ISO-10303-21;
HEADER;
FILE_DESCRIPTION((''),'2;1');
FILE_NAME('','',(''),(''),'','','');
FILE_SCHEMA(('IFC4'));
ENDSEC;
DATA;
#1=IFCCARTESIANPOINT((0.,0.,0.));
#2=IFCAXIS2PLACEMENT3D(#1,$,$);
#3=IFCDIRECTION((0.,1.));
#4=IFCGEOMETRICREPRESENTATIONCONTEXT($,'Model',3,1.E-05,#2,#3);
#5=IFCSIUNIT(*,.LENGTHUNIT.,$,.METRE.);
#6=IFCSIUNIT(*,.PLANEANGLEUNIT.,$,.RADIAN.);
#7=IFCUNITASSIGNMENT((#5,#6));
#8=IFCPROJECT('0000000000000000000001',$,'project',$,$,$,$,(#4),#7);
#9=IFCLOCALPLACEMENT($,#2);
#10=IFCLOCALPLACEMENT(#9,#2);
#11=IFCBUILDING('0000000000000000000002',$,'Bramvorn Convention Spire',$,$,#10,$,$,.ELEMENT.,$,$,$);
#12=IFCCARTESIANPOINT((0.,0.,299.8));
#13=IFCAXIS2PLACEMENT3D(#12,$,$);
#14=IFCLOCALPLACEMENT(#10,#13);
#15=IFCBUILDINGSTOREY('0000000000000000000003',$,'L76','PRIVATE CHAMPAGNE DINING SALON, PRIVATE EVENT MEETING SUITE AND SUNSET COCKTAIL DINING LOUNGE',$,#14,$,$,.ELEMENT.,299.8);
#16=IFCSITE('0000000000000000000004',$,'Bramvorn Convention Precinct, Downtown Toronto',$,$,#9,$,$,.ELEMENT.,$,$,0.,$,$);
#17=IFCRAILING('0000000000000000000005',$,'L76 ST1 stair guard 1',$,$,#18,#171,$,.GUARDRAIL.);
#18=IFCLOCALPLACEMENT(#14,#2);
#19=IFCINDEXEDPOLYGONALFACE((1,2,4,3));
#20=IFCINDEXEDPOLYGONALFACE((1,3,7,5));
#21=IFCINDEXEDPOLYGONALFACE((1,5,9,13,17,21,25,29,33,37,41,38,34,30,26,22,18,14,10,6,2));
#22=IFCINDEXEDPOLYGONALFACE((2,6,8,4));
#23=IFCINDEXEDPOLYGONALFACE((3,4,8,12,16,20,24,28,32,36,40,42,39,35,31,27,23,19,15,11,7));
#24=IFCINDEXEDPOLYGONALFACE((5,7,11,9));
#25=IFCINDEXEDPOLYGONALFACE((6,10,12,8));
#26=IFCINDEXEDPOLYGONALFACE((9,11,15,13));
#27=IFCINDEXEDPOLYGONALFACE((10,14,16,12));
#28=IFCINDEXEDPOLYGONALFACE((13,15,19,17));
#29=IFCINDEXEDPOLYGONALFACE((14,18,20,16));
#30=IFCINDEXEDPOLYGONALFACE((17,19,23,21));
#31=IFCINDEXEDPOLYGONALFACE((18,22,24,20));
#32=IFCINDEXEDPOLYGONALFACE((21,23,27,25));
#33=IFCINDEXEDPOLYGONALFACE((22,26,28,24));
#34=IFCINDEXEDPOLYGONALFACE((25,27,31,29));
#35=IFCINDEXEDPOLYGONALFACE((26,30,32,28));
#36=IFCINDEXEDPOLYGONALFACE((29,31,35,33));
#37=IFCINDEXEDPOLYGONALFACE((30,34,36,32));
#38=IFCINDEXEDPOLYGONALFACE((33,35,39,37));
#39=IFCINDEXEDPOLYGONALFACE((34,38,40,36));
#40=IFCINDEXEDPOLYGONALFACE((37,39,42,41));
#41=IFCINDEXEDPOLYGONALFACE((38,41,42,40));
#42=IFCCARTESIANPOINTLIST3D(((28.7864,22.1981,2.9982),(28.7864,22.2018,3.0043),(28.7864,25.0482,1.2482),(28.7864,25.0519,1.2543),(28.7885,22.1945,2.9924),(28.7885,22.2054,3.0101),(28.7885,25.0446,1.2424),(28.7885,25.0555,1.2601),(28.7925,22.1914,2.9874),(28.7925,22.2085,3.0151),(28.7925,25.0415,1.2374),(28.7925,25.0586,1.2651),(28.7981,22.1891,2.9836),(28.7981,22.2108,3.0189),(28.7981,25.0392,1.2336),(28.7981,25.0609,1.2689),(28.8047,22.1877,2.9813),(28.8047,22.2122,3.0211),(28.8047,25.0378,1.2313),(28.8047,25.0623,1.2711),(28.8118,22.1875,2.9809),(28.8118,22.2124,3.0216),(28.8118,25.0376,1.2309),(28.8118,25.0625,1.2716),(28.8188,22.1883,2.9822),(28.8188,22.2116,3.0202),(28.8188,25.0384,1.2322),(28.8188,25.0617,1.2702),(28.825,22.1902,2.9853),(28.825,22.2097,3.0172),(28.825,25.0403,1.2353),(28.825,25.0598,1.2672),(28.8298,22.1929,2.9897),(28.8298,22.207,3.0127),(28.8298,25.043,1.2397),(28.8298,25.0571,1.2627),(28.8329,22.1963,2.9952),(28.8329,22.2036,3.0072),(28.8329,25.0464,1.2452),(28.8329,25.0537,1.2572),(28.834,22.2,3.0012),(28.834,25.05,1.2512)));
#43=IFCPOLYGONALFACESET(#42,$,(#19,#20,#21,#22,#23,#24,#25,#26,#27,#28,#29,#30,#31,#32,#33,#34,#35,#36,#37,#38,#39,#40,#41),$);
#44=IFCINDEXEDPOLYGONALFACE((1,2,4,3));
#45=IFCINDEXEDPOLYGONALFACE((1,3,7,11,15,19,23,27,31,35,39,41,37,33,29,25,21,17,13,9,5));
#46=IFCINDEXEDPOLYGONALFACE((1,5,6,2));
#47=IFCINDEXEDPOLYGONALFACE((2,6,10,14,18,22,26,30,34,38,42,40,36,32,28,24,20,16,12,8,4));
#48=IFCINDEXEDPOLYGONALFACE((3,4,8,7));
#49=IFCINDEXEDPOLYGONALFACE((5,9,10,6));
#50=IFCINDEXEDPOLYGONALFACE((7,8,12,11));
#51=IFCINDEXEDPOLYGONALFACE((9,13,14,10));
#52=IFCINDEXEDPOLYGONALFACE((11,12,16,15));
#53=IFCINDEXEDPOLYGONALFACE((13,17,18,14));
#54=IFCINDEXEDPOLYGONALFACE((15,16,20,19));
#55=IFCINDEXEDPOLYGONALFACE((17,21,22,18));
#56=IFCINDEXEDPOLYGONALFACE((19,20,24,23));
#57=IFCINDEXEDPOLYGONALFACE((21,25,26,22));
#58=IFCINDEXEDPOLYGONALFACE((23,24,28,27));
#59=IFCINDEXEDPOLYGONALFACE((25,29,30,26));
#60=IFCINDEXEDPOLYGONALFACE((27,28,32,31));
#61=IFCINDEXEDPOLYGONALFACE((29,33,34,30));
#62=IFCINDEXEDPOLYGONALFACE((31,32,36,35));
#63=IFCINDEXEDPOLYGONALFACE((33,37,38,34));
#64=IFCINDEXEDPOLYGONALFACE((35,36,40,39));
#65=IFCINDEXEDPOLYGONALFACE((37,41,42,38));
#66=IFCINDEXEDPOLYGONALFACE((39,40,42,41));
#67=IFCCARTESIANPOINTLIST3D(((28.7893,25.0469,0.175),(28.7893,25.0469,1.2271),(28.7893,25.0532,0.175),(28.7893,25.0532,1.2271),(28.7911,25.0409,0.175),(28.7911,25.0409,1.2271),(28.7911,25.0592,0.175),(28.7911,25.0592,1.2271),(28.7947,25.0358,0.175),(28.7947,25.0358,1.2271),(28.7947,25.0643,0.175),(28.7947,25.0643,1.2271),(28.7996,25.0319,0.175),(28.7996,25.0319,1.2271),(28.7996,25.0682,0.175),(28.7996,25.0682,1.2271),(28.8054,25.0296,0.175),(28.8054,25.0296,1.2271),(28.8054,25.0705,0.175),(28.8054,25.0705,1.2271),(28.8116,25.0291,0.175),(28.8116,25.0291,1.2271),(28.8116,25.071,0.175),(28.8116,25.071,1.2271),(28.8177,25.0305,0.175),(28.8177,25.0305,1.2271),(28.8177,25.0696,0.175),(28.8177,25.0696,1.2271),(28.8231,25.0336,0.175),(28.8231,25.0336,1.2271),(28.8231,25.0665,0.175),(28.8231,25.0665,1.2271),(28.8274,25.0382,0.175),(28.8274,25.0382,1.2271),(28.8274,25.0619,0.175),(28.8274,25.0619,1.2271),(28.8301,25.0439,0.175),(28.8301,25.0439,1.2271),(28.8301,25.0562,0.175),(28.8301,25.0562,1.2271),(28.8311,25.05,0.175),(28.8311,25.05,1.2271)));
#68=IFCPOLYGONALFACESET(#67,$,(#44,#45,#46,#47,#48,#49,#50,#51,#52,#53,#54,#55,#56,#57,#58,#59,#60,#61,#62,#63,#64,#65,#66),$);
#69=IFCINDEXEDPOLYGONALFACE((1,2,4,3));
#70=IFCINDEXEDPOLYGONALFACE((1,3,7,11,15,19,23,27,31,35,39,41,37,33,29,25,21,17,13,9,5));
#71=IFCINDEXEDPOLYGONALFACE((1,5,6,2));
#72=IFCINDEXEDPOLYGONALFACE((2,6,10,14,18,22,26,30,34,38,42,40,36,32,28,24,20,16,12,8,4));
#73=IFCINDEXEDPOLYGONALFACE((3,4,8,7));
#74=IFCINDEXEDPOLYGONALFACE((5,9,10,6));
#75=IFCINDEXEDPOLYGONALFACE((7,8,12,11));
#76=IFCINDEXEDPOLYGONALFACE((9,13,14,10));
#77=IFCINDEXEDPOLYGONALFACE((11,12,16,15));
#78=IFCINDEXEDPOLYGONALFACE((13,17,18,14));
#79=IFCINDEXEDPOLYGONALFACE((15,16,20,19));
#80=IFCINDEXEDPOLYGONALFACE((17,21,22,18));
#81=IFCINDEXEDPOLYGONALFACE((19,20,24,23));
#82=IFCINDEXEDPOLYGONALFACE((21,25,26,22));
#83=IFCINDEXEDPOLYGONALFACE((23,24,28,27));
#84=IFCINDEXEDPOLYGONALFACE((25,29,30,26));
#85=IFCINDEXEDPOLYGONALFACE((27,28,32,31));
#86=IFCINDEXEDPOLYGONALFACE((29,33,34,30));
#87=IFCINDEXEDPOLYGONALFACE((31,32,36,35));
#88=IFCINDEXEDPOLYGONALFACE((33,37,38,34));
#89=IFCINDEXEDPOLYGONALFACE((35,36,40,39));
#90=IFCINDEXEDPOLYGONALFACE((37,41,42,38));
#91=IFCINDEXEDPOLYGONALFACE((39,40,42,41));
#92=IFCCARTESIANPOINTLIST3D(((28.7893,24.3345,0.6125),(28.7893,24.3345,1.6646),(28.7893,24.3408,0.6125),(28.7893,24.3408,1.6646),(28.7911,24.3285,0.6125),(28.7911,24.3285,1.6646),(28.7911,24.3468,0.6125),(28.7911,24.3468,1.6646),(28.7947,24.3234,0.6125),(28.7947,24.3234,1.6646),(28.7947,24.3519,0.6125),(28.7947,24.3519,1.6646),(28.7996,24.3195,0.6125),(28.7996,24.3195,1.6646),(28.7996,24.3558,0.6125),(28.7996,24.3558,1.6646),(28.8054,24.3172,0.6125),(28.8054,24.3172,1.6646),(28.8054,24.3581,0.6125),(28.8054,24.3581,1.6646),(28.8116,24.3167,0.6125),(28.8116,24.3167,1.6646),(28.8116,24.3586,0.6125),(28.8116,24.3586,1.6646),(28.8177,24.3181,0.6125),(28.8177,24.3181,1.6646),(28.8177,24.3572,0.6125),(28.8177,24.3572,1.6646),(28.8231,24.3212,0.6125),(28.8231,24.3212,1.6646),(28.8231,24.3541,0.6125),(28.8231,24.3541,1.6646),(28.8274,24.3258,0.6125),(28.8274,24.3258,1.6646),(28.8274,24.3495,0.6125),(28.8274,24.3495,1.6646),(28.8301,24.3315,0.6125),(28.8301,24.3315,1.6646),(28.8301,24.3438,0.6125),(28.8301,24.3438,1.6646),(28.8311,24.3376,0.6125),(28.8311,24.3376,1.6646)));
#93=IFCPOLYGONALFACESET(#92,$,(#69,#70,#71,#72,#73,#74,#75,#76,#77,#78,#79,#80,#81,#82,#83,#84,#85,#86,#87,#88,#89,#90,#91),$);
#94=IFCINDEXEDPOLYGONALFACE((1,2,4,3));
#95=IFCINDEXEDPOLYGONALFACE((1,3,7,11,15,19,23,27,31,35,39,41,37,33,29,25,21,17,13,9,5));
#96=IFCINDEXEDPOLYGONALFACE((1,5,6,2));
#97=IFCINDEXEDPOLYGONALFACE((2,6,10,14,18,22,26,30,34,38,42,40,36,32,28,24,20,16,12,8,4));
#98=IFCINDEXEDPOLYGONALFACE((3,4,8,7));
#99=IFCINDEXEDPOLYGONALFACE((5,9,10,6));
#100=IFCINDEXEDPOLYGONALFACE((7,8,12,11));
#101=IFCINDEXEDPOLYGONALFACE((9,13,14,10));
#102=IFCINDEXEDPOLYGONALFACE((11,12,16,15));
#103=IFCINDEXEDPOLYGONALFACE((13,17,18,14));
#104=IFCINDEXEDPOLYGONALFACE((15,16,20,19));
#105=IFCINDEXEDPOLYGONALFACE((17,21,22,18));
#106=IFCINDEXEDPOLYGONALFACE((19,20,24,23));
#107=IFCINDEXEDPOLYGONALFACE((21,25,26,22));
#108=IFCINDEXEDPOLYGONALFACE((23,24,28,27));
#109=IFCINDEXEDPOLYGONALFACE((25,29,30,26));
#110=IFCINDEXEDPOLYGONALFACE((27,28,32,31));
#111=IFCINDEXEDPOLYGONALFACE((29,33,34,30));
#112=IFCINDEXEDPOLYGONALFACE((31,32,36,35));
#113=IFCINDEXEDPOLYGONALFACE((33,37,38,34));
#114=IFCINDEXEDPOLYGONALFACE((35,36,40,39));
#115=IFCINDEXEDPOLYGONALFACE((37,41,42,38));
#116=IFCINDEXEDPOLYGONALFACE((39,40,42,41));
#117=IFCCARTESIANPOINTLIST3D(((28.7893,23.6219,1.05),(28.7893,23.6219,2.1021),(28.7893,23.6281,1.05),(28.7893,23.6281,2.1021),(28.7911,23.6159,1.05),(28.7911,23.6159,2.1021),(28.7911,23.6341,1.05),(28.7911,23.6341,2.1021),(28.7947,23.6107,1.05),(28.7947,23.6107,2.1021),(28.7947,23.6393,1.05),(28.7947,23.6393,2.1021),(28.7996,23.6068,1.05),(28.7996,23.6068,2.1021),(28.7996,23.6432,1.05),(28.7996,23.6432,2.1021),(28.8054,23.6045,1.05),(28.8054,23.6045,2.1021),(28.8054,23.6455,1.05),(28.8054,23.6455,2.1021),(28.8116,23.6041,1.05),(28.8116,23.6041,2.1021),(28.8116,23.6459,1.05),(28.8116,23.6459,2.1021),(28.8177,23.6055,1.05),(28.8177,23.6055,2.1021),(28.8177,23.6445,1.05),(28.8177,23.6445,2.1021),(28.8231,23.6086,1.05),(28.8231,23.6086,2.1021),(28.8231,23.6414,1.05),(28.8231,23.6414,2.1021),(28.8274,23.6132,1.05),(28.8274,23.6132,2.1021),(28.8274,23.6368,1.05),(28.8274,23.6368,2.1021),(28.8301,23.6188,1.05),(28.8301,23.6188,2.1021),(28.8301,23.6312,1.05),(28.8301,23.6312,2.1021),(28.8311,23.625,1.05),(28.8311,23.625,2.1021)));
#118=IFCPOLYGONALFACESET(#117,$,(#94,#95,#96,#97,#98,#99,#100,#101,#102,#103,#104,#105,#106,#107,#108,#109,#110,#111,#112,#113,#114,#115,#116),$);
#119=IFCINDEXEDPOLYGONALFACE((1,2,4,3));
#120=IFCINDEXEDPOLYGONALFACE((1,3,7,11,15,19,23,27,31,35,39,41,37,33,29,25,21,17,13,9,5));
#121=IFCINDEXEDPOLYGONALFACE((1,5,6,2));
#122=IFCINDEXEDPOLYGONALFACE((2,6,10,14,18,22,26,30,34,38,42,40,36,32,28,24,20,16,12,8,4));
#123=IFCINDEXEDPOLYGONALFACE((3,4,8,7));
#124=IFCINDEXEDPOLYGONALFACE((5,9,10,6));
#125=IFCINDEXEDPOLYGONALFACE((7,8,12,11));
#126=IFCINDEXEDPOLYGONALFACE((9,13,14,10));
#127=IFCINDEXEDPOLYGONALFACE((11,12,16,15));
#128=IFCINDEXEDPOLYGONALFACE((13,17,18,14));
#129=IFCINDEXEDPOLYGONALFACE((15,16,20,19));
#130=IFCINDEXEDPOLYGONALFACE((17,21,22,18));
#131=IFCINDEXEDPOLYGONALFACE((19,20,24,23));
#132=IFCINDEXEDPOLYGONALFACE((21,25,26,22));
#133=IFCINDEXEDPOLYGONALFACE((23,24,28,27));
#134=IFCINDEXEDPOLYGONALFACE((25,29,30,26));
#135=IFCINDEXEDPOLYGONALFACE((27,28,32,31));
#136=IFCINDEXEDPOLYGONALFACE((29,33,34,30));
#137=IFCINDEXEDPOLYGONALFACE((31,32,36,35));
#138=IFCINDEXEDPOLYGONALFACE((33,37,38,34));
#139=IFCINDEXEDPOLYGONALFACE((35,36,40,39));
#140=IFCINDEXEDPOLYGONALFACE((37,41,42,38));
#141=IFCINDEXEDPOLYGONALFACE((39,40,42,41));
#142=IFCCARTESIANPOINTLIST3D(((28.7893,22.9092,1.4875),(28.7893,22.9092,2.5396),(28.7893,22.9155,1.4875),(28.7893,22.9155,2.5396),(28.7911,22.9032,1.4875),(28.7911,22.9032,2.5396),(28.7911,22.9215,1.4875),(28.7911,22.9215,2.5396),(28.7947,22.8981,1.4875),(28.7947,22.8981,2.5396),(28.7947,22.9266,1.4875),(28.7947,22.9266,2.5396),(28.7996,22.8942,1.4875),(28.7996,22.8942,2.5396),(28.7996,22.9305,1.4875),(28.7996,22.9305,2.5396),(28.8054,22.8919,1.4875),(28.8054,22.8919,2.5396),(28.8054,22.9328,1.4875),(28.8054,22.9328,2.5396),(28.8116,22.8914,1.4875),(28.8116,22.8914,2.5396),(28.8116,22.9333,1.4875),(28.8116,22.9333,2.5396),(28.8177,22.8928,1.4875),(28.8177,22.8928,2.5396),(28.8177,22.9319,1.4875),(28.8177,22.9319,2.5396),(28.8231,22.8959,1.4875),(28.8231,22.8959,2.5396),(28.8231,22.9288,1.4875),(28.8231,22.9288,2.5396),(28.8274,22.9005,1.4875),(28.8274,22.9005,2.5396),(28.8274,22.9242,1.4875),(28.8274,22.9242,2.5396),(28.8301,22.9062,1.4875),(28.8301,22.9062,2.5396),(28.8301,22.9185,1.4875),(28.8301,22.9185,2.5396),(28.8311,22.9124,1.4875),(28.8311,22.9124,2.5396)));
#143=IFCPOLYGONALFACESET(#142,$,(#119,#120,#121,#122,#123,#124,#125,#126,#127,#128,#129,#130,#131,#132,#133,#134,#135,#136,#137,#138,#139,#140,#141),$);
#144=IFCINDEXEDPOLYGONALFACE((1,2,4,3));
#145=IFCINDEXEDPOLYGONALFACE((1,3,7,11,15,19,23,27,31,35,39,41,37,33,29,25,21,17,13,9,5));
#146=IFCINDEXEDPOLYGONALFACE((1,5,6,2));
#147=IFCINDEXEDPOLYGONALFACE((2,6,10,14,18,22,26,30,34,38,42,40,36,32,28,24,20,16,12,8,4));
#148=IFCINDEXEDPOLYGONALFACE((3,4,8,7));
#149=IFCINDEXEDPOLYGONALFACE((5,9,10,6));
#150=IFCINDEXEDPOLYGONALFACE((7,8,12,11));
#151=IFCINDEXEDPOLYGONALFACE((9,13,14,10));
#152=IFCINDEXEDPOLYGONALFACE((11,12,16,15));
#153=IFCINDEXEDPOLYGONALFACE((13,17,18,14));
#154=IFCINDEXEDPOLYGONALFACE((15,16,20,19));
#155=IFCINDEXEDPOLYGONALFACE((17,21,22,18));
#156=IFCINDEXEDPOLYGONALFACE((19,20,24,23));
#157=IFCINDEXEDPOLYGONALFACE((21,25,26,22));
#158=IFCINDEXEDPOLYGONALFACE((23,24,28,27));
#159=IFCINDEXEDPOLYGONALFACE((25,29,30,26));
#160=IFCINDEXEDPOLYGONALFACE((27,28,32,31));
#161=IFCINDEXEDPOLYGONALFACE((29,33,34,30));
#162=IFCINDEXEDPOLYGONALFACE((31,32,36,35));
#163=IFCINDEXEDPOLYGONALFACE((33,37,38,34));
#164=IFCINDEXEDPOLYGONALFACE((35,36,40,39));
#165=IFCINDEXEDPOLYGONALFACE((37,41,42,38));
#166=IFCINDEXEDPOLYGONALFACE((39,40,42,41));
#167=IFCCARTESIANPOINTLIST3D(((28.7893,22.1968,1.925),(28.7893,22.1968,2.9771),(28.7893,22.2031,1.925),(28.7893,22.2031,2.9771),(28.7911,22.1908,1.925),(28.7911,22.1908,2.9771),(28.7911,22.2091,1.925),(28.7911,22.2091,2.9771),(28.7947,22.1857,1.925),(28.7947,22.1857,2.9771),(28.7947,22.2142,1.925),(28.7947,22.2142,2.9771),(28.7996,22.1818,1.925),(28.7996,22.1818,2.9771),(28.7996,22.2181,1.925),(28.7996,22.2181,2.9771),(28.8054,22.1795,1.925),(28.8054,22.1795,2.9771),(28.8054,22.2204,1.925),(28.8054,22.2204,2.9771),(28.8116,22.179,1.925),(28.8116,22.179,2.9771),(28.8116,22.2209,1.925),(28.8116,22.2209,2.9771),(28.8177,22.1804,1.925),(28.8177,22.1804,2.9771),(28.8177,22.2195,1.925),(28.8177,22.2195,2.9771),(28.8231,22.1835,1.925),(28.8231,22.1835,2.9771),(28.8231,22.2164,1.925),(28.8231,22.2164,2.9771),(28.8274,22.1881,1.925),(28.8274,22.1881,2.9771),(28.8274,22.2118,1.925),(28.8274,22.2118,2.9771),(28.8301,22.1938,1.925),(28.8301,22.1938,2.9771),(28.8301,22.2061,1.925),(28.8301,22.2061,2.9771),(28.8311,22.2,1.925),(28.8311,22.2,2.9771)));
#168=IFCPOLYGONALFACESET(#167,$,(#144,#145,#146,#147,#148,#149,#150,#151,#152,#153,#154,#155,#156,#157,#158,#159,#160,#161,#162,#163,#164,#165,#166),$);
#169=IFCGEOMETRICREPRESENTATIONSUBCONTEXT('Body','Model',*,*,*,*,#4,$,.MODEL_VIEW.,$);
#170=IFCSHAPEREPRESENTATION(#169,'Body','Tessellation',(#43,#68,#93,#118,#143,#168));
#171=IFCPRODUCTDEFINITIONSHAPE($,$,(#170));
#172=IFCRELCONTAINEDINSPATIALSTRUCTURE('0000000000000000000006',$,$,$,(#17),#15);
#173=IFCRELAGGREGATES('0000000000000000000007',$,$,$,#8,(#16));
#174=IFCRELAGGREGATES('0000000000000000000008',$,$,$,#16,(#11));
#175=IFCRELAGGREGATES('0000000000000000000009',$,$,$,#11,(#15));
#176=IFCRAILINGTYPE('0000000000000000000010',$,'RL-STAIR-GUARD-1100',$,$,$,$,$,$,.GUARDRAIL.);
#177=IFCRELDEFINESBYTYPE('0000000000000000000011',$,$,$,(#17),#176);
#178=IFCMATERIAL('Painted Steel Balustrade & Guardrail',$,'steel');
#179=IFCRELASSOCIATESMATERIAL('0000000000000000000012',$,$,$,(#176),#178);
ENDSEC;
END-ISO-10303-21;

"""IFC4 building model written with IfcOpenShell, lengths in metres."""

from ifc_helpers import new_model, si_unit, direction, frame, origin, origin_2d, place, context, subcontext, project, spatial, circle, extrude, material, type_object, element, save


model = new_model("IFC4")

# Units and contexts
model_context = context("Model", 3, precision=1e-05, world=origin(), true_north=direction((0.0, 1.0)))
body_context = subcontext(model_context, "Body", "Model", "MODEL_VIEW")
ifc_project = project(units=[si_unit("LENGTHUNIT", "METRE"), si_unit("PLANEANGLEUNIT", "RADIAN")], contexts=[model_context])

# Site, building, storey
site_placement = place(None, origin())
site = spatial("IfcSite", under=ifc_project, at=site_placement, Name="Bramvorn Convention Precinct, Downtown Toronto", CompositionType="ELEMENT", RefElevation=0.0)
building_placement = place(site_placement, origin())
building = spatial("IfcBuilding", under=site, at=building_placement, Name="Bramvorn Convention Spire", CompositionType="ELEMENT")
storey_placement = place(building_placement, frame((0.0, 0.0, 299.8)))
storey = spatial("IfcBuildingStorey", under=building, at=storey_placement, Name="L76", Description="PRIVATE CHAMPAGNE DINING SALON, PRIVATE EVENT MEETING SUITE AND SUNSET COCKTAIL DINING LOUNGE", CompositionType="ELEMENT", Elevation=299.8)

# Railing
ifc_material_1 = material(Name="Painted Steel Balustrade & Guardrail", Category="steel")
railing_type_1 = type_object("IfcRailingType", Name="RL-STAIR-GUARD-1100", PredefinedType="GUARDRAIL", material=ifc_material_1)
railing_1_placement = place(storey_placement, frame((28.8101, 25.05, 0.175)))
element("IfcRailing", 1, at=railing_1_placement, inside=storey, type_object=railing_type_1, Name="L76 ST1 stair guard 1", PredefinedType="GUARDRAIL", context=body_context, shape_type="SweptSolid", body=[
    extrude(circle(Radius=0.0239, at=origin_2d()), frame((0.0, 0.0, 1.0762), z_axis=(0.0, -0.852179, 0.52325), x_axis=(1.0, 0.0, 0.0)), (0.0, 0.0, 1.0), 3.3445),
    extrude(circle(Radius=0.021, at=origin_2d()), origin(), (0.0, 0.0, 1.0), 1.052),
    extrude(circle(Radius=0.021, at=origin_2d()), frame((0.0, -0.7124, 0.4375)), (0.0, 0.0, 1.0), 1.052),
    extrude(circle(Radius=0.021, at=origin_2d()), frame((0.0, -1.425, 0.875)), (0.0, 0.0, 1.0), 1.052),
    extrude(circle(Radius=0.021, at=origin_2d()), frame((0.0, -2.1377, 1.3125)), (0.0, 0.0, 1.0), 1.052),
    extrude(circle(Radius=0.021, at=origin_2d()), frame((0.0, -2.8501, 1.75)), (0.0, 0.0, 1.0), 1.052),
])

save(model, "model.ifc")
